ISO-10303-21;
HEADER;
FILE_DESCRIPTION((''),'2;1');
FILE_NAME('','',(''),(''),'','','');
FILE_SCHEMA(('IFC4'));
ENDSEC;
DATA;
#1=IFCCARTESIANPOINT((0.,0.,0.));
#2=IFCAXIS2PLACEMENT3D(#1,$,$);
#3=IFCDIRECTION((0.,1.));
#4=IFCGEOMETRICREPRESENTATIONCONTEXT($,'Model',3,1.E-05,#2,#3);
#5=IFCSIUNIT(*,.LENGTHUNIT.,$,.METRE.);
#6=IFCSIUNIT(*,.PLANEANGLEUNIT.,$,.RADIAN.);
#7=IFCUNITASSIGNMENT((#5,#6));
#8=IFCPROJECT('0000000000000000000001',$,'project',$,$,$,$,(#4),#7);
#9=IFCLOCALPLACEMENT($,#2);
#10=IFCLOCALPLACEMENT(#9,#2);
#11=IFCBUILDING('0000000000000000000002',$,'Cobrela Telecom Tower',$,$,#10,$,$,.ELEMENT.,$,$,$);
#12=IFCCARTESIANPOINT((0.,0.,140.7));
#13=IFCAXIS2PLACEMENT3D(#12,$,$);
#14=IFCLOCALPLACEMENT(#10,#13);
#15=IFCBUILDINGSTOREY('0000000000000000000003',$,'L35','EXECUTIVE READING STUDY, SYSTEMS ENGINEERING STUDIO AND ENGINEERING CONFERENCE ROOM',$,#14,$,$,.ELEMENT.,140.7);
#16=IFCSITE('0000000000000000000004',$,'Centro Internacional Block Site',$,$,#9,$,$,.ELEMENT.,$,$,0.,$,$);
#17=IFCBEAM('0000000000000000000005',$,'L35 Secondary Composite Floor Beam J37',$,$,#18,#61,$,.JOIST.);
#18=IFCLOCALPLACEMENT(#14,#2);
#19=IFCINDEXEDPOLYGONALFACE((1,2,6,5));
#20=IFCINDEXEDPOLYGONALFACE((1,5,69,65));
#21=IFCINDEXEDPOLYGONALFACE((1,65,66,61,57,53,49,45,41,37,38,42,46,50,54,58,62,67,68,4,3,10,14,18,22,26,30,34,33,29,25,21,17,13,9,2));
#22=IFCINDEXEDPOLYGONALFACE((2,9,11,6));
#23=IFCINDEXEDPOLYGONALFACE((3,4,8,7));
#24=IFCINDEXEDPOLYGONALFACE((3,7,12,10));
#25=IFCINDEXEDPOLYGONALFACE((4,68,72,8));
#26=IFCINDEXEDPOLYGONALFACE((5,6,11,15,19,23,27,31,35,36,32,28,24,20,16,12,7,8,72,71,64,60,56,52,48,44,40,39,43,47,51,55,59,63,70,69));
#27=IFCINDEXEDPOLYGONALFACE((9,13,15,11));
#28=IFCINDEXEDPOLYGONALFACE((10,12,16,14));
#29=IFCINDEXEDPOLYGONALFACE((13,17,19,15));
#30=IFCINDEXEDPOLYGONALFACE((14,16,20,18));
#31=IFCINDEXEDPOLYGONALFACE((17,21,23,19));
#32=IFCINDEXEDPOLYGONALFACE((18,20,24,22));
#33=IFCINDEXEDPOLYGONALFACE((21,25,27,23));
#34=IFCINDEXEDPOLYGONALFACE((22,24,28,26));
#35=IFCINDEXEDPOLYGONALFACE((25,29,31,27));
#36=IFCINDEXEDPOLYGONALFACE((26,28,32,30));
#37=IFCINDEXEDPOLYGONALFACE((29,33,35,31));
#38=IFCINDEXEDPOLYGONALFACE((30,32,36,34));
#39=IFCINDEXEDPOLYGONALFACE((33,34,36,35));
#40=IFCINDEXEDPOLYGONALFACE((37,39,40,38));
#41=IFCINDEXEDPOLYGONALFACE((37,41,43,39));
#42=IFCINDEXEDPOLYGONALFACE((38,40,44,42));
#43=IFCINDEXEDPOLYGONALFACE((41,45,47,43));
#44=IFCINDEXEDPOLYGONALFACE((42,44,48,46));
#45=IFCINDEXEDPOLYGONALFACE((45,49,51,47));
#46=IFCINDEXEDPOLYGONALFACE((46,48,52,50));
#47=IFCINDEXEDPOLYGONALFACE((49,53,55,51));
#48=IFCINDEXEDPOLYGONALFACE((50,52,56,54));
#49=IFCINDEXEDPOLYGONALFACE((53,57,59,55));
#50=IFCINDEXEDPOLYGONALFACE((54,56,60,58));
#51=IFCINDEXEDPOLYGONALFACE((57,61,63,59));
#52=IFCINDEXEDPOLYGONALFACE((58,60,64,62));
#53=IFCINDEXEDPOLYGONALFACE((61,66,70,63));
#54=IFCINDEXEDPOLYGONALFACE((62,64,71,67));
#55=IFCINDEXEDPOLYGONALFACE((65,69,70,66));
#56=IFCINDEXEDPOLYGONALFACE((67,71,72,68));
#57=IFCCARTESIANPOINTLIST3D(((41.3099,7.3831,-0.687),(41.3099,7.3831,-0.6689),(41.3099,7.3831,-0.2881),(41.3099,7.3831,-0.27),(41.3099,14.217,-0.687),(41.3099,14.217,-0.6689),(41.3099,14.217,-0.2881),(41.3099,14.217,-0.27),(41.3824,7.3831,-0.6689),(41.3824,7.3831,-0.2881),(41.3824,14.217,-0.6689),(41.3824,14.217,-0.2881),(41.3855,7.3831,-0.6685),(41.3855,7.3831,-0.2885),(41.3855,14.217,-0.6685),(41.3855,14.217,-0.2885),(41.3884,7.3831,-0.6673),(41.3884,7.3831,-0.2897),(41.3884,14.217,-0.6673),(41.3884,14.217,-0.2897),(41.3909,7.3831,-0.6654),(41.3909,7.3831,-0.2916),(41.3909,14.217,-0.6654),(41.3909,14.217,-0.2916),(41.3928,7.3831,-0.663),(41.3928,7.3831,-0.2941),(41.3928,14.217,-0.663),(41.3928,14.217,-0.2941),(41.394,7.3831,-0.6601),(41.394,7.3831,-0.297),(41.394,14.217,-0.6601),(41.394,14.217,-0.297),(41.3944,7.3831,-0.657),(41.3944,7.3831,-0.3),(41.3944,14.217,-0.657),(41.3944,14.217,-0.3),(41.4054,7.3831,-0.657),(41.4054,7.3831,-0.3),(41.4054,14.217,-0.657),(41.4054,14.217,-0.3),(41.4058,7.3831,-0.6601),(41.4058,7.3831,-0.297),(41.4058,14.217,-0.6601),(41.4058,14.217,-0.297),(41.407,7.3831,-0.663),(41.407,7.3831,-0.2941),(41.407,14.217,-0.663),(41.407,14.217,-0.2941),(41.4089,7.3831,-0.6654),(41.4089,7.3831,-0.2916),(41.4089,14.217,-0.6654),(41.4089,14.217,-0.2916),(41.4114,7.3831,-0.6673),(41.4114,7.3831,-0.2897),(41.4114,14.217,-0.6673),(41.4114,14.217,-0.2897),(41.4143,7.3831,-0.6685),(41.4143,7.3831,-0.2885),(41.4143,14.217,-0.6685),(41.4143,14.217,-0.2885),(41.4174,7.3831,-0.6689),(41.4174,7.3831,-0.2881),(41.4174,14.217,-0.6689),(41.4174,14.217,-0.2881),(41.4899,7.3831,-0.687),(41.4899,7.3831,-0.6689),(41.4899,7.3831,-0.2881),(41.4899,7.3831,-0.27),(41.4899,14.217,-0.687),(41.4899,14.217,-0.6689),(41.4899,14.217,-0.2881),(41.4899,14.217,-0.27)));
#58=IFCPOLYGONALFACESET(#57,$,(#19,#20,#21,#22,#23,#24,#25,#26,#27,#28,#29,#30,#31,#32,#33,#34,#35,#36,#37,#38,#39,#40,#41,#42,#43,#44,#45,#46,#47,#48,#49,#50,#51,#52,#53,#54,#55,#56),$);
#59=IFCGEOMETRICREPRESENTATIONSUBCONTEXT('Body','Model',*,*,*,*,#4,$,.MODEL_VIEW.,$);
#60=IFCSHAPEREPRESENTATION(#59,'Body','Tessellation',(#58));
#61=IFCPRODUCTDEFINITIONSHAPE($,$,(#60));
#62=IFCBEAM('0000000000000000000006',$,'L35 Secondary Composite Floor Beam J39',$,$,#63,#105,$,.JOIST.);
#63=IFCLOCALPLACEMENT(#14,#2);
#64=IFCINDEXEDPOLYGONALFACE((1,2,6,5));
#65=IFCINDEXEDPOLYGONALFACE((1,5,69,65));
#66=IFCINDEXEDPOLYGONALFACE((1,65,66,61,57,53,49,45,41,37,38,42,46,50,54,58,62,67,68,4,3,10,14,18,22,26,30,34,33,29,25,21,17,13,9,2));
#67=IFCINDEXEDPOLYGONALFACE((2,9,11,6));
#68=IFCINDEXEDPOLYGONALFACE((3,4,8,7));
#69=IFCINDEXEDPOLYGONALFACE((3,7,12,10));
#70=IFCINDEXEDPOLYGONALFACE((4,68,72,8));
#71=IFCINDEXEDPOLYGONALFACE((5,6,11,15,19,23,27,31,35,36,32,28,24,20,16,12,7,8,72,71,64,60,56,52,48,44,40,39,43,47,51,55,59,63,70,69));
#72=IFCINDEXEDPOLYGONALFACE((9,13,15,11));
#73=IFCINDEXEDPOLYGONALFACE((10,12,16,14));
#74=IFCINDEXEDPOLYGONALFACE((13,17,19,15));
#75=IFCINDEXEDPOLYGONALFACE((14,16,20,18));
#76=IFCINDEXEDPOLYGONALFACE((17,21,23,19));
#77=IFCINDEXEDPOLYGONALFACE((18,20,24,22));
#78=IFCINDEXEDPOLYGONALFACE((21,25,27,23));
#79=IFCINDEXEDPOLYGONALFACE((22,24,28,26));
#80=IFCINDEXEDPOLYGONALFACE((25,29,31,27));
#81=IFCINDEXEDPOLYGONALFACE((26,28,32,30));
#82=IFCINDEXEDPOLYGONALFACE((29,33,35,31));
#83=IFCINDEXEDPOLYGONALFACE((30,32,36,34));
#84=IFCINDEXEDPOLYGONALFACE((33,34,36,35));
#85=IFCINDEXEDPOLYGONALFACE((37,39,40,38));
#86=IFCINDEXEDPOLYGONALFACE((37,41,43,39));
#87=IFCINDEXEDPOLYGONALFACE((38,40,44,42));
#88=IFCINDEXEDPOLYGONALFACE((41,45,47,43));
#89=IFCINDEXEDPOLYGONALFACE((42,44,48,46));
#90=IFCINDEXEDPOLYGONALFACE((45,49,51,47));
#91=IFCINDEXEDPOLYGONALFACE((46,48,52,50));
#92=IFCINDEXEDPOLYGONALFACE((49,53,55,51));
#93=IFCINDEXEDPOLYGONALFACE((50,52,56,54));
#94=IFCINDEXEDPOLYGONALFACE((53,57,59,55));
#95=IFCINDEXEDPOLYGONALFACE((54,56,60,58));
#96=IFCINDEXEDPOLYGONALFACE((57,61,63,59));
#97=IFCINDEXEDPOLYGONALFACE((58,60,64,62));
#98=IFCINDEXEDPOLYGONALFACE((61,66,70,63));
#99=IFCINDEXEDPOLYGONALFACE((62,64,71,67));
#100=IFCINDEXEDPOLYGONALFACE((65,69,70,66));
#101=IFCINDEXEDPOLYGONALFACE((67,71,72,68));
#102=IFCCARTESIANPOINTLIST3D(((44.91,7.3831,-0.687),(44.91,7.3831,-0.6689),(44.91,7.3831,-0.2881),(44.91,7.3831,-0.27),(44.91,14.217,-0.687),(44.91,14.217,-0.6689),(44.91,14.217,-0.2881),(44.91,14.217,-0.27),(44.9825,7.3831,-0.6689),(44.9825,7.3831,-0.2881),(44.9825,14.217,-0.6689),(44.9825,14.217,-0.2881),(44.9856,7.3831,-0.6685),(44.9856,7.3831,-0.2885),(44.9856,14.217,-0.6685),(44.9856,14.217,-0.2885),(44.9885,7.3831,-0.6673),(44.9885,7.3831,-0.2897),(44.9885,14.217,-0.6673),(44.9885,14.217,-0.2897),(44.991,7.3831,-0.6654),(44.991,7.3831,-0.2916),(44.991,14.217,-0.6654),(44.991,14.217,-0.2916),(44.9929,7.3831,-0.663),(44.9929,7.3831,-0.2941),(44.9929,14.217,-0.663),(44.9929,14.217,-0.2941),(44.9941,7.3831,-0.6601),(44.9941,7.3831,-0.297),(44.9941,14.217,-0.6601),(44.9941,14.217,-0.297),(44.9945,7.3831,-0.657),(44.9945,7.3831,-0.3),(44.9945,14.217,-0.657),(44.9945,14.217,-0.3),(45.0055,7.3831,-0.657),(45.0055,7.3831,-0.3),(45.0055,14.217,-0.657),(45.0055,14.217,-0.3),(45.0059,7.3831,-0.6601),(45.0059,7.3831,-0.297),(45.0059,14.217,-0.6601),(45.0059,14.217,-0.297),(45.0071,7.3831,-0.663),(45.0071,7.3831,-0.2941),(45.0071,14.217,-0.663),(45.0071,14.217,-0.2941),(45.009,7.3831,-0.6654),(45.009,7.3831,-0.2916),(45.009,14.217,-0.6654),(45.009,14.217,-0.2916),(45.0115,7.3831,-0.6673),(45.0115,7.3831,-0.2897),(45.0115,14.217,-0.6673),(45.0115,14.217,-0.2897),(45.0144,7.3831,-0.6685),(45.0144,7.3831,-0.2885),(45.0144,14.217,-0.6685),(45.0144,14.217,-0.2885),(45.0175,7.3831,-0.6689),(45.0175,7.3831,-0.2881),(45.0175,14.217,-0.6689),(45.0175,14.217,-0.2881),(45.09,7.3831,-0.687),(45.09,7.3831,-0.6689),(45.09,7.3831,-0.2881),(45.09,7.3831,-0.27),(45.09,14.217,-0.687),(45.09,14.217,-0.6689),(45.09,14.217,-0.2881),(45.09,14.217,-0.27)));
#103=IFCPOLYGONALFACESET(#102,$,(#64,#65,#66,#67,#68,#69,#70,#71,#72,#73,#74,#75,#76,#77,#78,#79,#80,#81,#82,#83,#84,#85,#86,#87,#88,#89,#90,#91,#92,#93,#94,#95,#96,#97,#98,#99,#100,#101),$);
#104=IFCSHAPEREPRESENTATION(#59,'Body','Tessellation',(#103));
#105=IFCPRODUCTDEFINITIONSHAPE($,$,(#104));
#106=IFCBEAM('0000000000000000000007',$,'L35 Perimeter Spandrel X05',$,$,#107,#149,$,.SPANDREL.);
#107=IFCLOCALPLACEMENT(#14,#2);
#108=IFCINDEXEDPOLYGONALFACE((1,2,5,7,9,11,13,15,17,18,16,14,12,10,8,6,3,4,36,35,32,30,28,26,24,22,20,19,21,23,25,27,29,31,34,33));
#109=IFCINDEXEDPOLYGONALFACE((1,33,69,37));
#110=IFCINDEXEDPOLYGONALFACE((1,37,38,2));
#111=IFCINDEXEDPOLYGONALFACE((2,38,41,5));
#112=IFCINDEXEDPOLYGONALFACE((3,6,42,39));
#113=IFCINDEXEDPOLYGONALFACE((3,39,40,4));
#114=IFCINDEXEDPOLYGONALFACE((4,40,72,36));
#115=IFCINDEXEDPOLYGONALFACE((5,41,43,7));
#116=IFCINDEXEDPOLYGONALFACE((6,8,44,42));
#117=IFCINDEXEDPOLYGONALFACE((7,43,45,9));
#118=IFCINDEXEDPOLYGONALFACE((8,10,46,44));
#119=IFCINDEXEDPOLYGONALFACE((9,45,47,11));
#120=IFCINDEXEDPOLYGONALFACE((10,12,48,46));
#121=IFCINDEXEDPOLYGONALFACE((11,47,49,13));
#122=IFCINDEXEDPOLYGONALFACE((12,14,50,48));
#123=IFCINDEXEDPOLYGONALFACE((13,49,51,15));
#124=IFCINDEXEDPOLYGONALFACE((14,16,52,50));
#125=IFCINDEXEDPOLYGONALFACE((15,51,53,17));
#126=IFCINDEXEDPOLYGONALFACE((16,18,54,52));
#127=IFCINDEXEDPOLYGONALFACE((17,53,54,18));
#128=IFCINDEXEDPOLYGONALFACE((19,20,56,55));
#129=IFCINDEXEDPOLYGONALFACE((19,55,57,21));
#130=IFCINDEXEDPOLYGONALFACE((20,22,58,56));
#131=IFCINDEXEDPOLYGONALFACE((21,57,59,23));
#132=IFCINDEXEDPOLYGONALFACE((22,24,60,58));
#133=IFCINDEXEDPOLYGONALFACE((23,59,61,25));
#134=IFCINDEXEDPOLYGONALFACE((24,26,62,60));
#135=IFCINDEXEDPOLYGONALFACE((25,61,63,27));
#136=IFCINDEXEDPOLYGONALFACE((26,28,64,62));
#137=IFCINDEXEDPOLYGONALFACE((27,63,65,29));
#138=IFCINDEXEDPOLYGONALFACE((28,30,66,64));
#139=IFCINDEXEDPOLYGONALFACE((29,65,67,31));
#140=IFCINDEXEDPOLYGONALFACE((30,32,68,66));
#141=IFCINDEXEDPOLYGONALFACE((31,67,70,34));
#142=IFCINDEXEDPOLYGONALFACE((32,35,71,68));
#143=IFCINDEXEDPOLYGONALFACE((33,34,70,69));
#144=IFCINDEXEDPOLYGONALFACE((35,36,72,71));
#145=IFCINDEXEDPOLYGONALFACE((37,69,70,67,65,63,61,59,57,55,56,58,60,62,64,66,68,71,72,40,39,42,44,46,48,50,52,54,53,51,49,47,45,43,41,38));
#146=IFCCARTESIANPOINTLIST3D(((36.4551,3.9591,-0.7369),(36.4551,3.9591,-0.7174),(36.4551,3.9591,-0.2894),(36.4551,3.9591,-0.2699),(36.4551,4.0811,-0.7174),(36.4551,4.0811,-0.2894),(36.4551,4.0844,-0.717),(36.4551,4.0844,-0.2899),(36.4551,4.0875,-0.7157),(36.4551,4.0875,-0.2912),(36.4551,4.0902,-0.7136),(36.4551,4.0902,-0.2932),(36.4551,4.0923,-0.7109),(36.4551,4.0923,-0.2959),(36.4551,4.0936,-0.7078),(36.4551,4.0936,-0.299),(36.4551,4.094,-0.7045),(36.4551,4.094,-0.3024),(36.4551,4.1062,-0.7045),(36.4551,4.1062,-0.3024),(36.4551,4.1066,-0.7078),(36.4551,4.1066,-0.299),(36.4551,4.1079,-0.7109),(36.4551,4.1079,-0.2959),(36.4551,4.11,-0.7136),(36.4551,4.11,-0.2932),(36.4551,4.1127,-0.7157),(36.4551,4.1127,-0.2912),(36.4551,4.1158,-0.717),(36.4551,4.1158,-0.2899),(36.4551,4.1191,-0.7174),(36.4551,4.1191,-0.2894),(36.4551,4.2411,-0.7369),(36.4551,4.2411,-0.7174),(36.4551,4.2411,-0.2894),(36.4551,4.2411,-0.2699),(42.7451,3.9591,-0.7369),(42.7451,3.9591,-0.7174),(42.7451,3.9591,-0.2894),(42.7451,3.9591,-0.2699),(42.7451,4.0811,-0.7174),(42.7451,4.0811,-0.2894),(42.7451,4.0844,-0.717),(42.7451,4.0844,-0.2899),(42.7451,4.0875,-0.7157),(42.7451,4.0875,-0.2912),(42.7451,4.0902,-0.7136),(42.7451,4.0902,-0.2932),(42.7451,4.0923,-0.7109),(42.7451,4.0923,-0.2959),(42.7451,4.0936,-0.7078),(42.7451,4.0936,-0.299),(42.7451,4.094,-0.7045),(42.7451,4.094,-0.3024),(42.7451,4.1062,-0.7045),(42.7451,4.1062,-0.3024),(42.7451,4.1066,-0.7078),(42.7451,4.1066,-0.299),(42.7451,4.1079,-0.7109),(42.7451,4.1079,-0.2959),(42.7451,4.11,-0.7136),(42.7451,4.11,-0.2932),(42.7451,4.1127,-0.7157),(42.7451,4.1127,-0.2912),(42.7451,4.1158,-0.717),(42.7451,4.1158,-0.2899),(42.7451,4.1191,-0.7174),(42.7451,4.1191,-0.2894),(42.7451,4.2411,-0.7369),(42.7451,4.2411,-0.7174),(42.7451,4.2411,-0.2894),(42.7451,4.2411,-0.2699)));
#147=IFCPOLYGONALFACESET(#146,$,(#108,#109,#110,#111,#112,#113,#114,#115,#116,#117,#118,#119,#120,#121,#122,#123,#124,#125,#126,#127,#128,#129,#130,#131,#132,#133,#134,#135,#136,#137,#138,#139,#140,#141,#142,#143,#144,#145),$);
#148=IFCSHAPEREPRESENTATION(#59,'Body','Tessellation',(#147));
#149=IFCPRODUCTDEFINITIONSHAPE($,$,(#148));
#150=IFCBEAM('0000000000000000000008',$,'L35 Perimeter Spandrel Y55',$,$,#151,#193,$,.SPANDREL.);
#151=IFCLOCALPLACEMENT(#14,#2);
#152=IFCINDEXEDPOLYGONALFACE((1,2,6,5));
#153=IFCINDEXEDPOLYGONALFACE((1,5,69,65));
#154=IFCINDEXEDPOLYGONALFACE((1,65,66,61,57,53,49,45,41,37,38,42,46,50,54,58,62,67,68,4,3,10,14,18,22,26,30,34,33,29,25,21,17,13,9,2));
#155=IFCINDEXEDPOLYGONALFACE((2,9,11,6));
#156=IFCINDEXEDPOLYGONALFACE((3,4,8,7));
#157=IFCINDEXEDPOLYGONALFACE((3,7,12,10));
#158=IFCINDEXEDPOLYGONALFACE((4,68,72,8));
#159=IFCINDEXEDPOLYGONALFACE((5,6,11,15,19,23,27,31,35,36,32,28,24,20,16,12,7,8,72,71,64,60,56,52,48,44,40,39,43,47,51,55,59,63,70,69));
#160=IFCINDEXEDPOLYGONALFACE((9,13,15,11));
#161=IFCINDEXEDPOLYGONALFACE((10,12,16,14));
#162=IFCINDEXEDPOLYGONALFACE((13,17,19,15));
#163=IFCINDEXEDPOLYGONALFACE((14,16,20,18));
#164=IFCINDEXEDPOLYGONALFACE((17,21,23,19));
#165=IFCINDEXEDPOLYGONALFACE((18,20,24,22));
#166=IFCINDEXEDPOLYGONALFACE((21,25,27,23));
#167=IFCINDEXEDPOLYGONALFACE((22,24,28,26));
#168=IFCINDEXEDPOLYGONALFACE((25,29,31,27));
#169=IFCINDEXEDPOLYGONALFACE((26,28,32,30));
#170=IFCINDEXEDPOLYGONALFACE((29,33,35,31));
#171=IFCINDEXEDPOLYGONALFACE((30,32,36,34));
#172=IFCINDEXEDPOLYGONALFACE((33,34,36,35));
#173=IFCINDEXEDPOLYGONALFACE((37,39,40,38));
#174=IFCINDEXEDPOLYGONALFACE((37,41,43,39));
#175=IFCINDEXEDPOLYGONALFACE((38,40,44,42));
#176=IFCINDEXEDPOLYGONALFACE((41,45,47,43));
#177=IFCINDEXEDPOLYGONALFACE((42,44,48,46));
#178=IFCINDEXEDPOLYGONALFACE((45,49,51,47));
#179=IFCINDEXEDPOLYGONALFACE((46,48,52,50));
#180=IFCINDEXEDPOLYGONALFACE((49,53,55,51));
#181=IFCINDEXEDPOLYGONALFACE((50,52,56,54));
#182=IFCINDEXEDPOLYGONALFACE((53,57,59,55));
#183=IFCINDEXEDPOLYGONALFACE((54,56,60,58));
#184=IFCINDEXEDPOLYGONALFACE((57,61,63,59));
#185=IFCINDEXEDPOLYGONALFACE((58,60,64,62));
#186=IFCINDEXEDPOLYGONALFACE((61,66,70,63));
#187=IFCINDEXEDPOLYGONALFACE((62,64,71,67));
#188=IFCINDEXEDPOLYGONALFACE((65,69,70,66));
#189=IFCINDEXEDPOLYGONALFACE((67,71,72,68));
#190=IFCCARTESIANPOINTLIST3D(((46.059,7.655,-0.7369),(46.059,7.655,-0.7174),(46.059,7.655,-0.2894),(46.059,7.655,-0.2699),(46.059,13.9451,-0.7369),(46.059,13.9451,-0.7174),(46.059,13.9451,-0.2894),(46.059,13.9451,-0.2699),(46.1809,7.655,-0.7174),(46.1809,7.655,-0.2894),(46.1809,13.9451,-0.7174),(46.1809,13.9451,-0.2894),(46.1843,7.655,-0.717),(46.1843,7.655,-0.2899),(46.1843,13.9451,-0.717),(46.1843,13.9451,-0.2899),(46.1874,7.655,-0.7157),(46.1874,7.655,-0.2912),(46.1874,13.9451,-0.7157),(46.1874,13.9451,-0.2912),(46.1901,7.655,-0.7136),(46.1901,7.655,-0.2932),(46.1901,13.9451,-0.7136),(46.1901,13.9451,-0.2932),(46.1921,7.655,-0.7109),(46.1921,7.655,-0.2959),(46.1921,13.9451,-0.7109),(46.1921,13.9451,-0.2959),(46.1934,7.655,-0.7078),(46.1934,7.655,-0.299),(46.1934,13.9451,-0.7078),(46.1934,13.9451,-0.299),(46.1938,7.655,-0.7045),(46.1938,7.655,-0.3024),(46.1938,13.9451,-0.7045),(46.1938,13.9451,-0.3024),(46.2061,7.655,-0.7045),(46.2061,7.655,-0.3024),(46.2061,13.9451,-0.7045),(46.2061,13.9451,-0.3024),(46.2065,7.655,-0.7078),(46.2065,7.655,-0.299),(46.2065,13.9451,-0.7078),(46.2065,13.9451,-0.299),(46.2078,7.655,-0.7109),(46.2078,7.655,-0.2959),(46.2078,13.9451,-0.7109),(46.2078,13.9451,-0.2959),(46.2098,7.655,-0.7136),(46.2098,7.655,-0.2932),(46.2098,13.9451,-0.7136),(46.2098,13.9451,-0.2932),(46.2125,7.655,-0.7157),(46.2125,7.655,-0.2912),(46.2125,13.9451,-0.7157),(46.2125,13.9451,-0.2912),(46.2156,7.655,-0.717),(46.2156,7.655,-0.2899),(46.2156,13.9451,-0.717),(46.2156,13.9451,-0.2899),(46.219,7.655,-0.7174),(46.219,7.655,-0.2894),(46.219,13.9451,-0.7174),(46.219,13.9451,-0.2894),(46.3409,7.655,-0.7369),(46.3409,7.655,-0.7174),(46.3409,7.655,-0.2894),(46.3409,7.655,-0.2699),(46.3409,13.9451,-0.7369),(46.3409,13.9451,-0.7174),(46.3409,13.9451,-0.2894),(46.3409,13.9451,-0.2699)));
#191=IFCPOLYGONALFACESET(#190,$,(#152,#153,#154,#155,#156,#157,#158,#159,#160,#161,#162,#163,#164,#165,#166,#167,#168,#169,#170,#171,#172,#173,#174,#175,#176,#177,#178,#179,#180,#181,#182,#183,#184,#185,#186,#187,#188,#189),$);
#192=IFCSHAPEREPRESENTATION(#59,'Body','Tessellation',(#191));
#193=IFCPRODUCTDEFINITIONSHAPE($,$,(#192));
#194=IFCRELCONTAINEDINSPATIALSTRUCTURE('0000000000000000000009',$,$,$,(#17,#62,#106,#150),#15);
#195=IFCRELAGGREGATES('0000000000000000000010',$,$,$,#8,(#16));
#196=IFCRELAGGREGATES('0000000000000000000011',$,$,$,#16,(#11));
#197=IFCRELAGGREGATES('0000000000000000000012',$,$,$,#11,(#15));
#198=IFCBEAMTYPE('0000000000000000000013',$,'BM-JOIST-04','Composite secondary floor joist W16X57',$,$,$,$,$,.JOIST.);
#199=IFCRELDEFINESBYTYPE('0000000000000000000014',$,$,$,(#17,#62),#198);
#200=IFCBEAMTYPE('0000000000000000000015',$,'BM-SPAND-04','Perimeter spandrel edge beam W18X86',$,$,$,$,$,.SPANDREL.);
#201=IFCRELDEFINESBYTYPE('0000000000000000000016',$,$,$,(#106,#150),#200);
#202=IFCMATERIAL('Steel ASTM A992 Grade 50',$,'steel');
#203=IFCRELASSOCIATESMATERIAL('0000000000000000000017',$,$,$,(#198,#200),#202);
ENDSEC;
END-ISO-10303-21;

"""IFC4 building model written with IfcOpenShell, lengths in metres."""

from ifc_helpers import new_model, si_unit, direction, frame, origin, origin_2d, place, context, subcontext, project, spatial, i_section, extrude, material, material_profile, profile_set, type_object, element, save


model = new_model("IFC4")

# Units and contexts
model_context = context("Model", 3, precision=1e-05, world=origin(), true_north=direction((0.0, 1.0)))
body_context = subcontext(model_context, "Body", "Model", "MODEL_VIEW")
ifc_project = project(units=[si_unit("LENGTHUNIT", "METRE"), si_unit("PLANEANGLEUNIT", "RADIAN")], contexts=[model_context])

# Site, building, storey
site_placement = place(None, origin())
site = spatial("IfcSite", under=ifc_project, at=site_placement, Name="Centro Internacional Block Site", CompositionType="ELEMENT", RefElevation=0.0)
building_placement = place(site_placement, origin())
building = spatial("IfcBuilding", under=site, at=building_placement, Name="Cobrela Telecom Tower", CompositionType="ELEMENT")
storey_placement = place(building_placement, frame((0.0, 0.0, 140.7)))
storey = spatial("IfcBuildingStorey", under=building, at=storey_placement, Name="L35", Description="EXECUTIVE READING STUDY, SYSTEMS ENGINEERING STUDIO AND ENGINEERING CONFERENCE ROOM", CompositionType="ELEMENT", Elevation=140.7)

# Shared definitions
ifc_material_1 = material(Name="Steel ASTM A992 Grade 50", Category="steel")

# Beams
ifc_material_profile_1 = material_profile(ifc_material_1, i_section(OverallWidth=0.1799, OverallDepth=0.417, WebThickness=0.011, FlangeThickness=0.0181, FilletRadius=0.012, at=origin_2d()), Name="W16X57")
ifc_profile_set_1 = profile_set([ifc_material_profile_1], Name="Steel ASTM A992 Grade 50")
beam_type_1 = type_object("IfcBeamType", Name="BM-JOIST-04", Description="Composite secondary floor joist W16X57", PredefinedType="JOIST", material=ifc_profile_set_1)
for number, where, z_axis, x_axis, name in (
    (1, (41.3999, 7.3831, -0.4785), (0.0, 1.0, 0.0), (-1.0, 0.0, 0.0), "L35 Secondary Composite Floor Beam J37"),
    (2, (45.0, 7.3831, -0.4785), (0.0, 1.0, 0.0), (-1.0, 0.0, 0.0), "L35 Secondary Composite Floor Beam J39"),
):
    element("IfcBeam", number, at=place(storey_placement, frame(where, z_axis=z_axis, x_axis=x_axis)), inside=storey, type_object=beam_type_1, Name=name, PredefinedType="JOIST", context=body_context, shape_type="SweptSolid", body=[
        extrude(i_section(OverallWidth=0.1799, OverallDepth=0.417, WebThickness=0.011, FlangeThickness=0.0181, FilletRadius=0.012, at=origin_2d()), origin(), (0.0, 0.0, 1.0), 6.834),
    ])
ifc_material_profile_2 = material_profile(ifc_material_1, i_section(OverallWidth=0.282, OverallDepth=0.467, WebThickness=0.0122, FlangeThickness=0.0195, FilletRadius=0.0129, at=origin_2d()), Name="W18X86")
ifc_profile_set_2 = profile_set([ifc_material_profile_2], Name="Steel ASTM A992 Grade 50")
beam_type_2 = type_object("IfcBeamType", Name="BM-SPAND-04", Description="Perimeter spandrel edge beam W18X86", PredefinedType="SPANDREL", material=ifc_profile_set_2)
for number, where, z_axis, x_axis, name in (
    (3, (36.4551, 4.1001, -0.5034), (1.0, 0.0, 0.0), (0.0, 1.0, 0.0), "L35 Perimeter Spandrel X05"),
    (4, (46.2, 7.655, -0.5034), (0.0, 1.0, 0.0), (-1.0, 0.0, 0.0), "L35 Perimeter Spandrel Y55"),
):
    element("IfcBeam", number, at=place(storey_placement, frame(where, z_axis=z_axis, x_axis=x_axis)), inside=storey, type_object=beam_type_2, Name=name, PredefinedType="SPANDREL", context=body_context, shape_type="SweptSolid", body=[
        extrude(i_section(OverallWidth=0.282, OverallDepth=0.467, WebThickness=0.0122, FlangeThickness=0.0195, FilletRadius=0.0129, at=origin_2d()), origin(), (0.0, 0.0, 1.0), 6.29),
    ])

save(model, "model.ifc")
